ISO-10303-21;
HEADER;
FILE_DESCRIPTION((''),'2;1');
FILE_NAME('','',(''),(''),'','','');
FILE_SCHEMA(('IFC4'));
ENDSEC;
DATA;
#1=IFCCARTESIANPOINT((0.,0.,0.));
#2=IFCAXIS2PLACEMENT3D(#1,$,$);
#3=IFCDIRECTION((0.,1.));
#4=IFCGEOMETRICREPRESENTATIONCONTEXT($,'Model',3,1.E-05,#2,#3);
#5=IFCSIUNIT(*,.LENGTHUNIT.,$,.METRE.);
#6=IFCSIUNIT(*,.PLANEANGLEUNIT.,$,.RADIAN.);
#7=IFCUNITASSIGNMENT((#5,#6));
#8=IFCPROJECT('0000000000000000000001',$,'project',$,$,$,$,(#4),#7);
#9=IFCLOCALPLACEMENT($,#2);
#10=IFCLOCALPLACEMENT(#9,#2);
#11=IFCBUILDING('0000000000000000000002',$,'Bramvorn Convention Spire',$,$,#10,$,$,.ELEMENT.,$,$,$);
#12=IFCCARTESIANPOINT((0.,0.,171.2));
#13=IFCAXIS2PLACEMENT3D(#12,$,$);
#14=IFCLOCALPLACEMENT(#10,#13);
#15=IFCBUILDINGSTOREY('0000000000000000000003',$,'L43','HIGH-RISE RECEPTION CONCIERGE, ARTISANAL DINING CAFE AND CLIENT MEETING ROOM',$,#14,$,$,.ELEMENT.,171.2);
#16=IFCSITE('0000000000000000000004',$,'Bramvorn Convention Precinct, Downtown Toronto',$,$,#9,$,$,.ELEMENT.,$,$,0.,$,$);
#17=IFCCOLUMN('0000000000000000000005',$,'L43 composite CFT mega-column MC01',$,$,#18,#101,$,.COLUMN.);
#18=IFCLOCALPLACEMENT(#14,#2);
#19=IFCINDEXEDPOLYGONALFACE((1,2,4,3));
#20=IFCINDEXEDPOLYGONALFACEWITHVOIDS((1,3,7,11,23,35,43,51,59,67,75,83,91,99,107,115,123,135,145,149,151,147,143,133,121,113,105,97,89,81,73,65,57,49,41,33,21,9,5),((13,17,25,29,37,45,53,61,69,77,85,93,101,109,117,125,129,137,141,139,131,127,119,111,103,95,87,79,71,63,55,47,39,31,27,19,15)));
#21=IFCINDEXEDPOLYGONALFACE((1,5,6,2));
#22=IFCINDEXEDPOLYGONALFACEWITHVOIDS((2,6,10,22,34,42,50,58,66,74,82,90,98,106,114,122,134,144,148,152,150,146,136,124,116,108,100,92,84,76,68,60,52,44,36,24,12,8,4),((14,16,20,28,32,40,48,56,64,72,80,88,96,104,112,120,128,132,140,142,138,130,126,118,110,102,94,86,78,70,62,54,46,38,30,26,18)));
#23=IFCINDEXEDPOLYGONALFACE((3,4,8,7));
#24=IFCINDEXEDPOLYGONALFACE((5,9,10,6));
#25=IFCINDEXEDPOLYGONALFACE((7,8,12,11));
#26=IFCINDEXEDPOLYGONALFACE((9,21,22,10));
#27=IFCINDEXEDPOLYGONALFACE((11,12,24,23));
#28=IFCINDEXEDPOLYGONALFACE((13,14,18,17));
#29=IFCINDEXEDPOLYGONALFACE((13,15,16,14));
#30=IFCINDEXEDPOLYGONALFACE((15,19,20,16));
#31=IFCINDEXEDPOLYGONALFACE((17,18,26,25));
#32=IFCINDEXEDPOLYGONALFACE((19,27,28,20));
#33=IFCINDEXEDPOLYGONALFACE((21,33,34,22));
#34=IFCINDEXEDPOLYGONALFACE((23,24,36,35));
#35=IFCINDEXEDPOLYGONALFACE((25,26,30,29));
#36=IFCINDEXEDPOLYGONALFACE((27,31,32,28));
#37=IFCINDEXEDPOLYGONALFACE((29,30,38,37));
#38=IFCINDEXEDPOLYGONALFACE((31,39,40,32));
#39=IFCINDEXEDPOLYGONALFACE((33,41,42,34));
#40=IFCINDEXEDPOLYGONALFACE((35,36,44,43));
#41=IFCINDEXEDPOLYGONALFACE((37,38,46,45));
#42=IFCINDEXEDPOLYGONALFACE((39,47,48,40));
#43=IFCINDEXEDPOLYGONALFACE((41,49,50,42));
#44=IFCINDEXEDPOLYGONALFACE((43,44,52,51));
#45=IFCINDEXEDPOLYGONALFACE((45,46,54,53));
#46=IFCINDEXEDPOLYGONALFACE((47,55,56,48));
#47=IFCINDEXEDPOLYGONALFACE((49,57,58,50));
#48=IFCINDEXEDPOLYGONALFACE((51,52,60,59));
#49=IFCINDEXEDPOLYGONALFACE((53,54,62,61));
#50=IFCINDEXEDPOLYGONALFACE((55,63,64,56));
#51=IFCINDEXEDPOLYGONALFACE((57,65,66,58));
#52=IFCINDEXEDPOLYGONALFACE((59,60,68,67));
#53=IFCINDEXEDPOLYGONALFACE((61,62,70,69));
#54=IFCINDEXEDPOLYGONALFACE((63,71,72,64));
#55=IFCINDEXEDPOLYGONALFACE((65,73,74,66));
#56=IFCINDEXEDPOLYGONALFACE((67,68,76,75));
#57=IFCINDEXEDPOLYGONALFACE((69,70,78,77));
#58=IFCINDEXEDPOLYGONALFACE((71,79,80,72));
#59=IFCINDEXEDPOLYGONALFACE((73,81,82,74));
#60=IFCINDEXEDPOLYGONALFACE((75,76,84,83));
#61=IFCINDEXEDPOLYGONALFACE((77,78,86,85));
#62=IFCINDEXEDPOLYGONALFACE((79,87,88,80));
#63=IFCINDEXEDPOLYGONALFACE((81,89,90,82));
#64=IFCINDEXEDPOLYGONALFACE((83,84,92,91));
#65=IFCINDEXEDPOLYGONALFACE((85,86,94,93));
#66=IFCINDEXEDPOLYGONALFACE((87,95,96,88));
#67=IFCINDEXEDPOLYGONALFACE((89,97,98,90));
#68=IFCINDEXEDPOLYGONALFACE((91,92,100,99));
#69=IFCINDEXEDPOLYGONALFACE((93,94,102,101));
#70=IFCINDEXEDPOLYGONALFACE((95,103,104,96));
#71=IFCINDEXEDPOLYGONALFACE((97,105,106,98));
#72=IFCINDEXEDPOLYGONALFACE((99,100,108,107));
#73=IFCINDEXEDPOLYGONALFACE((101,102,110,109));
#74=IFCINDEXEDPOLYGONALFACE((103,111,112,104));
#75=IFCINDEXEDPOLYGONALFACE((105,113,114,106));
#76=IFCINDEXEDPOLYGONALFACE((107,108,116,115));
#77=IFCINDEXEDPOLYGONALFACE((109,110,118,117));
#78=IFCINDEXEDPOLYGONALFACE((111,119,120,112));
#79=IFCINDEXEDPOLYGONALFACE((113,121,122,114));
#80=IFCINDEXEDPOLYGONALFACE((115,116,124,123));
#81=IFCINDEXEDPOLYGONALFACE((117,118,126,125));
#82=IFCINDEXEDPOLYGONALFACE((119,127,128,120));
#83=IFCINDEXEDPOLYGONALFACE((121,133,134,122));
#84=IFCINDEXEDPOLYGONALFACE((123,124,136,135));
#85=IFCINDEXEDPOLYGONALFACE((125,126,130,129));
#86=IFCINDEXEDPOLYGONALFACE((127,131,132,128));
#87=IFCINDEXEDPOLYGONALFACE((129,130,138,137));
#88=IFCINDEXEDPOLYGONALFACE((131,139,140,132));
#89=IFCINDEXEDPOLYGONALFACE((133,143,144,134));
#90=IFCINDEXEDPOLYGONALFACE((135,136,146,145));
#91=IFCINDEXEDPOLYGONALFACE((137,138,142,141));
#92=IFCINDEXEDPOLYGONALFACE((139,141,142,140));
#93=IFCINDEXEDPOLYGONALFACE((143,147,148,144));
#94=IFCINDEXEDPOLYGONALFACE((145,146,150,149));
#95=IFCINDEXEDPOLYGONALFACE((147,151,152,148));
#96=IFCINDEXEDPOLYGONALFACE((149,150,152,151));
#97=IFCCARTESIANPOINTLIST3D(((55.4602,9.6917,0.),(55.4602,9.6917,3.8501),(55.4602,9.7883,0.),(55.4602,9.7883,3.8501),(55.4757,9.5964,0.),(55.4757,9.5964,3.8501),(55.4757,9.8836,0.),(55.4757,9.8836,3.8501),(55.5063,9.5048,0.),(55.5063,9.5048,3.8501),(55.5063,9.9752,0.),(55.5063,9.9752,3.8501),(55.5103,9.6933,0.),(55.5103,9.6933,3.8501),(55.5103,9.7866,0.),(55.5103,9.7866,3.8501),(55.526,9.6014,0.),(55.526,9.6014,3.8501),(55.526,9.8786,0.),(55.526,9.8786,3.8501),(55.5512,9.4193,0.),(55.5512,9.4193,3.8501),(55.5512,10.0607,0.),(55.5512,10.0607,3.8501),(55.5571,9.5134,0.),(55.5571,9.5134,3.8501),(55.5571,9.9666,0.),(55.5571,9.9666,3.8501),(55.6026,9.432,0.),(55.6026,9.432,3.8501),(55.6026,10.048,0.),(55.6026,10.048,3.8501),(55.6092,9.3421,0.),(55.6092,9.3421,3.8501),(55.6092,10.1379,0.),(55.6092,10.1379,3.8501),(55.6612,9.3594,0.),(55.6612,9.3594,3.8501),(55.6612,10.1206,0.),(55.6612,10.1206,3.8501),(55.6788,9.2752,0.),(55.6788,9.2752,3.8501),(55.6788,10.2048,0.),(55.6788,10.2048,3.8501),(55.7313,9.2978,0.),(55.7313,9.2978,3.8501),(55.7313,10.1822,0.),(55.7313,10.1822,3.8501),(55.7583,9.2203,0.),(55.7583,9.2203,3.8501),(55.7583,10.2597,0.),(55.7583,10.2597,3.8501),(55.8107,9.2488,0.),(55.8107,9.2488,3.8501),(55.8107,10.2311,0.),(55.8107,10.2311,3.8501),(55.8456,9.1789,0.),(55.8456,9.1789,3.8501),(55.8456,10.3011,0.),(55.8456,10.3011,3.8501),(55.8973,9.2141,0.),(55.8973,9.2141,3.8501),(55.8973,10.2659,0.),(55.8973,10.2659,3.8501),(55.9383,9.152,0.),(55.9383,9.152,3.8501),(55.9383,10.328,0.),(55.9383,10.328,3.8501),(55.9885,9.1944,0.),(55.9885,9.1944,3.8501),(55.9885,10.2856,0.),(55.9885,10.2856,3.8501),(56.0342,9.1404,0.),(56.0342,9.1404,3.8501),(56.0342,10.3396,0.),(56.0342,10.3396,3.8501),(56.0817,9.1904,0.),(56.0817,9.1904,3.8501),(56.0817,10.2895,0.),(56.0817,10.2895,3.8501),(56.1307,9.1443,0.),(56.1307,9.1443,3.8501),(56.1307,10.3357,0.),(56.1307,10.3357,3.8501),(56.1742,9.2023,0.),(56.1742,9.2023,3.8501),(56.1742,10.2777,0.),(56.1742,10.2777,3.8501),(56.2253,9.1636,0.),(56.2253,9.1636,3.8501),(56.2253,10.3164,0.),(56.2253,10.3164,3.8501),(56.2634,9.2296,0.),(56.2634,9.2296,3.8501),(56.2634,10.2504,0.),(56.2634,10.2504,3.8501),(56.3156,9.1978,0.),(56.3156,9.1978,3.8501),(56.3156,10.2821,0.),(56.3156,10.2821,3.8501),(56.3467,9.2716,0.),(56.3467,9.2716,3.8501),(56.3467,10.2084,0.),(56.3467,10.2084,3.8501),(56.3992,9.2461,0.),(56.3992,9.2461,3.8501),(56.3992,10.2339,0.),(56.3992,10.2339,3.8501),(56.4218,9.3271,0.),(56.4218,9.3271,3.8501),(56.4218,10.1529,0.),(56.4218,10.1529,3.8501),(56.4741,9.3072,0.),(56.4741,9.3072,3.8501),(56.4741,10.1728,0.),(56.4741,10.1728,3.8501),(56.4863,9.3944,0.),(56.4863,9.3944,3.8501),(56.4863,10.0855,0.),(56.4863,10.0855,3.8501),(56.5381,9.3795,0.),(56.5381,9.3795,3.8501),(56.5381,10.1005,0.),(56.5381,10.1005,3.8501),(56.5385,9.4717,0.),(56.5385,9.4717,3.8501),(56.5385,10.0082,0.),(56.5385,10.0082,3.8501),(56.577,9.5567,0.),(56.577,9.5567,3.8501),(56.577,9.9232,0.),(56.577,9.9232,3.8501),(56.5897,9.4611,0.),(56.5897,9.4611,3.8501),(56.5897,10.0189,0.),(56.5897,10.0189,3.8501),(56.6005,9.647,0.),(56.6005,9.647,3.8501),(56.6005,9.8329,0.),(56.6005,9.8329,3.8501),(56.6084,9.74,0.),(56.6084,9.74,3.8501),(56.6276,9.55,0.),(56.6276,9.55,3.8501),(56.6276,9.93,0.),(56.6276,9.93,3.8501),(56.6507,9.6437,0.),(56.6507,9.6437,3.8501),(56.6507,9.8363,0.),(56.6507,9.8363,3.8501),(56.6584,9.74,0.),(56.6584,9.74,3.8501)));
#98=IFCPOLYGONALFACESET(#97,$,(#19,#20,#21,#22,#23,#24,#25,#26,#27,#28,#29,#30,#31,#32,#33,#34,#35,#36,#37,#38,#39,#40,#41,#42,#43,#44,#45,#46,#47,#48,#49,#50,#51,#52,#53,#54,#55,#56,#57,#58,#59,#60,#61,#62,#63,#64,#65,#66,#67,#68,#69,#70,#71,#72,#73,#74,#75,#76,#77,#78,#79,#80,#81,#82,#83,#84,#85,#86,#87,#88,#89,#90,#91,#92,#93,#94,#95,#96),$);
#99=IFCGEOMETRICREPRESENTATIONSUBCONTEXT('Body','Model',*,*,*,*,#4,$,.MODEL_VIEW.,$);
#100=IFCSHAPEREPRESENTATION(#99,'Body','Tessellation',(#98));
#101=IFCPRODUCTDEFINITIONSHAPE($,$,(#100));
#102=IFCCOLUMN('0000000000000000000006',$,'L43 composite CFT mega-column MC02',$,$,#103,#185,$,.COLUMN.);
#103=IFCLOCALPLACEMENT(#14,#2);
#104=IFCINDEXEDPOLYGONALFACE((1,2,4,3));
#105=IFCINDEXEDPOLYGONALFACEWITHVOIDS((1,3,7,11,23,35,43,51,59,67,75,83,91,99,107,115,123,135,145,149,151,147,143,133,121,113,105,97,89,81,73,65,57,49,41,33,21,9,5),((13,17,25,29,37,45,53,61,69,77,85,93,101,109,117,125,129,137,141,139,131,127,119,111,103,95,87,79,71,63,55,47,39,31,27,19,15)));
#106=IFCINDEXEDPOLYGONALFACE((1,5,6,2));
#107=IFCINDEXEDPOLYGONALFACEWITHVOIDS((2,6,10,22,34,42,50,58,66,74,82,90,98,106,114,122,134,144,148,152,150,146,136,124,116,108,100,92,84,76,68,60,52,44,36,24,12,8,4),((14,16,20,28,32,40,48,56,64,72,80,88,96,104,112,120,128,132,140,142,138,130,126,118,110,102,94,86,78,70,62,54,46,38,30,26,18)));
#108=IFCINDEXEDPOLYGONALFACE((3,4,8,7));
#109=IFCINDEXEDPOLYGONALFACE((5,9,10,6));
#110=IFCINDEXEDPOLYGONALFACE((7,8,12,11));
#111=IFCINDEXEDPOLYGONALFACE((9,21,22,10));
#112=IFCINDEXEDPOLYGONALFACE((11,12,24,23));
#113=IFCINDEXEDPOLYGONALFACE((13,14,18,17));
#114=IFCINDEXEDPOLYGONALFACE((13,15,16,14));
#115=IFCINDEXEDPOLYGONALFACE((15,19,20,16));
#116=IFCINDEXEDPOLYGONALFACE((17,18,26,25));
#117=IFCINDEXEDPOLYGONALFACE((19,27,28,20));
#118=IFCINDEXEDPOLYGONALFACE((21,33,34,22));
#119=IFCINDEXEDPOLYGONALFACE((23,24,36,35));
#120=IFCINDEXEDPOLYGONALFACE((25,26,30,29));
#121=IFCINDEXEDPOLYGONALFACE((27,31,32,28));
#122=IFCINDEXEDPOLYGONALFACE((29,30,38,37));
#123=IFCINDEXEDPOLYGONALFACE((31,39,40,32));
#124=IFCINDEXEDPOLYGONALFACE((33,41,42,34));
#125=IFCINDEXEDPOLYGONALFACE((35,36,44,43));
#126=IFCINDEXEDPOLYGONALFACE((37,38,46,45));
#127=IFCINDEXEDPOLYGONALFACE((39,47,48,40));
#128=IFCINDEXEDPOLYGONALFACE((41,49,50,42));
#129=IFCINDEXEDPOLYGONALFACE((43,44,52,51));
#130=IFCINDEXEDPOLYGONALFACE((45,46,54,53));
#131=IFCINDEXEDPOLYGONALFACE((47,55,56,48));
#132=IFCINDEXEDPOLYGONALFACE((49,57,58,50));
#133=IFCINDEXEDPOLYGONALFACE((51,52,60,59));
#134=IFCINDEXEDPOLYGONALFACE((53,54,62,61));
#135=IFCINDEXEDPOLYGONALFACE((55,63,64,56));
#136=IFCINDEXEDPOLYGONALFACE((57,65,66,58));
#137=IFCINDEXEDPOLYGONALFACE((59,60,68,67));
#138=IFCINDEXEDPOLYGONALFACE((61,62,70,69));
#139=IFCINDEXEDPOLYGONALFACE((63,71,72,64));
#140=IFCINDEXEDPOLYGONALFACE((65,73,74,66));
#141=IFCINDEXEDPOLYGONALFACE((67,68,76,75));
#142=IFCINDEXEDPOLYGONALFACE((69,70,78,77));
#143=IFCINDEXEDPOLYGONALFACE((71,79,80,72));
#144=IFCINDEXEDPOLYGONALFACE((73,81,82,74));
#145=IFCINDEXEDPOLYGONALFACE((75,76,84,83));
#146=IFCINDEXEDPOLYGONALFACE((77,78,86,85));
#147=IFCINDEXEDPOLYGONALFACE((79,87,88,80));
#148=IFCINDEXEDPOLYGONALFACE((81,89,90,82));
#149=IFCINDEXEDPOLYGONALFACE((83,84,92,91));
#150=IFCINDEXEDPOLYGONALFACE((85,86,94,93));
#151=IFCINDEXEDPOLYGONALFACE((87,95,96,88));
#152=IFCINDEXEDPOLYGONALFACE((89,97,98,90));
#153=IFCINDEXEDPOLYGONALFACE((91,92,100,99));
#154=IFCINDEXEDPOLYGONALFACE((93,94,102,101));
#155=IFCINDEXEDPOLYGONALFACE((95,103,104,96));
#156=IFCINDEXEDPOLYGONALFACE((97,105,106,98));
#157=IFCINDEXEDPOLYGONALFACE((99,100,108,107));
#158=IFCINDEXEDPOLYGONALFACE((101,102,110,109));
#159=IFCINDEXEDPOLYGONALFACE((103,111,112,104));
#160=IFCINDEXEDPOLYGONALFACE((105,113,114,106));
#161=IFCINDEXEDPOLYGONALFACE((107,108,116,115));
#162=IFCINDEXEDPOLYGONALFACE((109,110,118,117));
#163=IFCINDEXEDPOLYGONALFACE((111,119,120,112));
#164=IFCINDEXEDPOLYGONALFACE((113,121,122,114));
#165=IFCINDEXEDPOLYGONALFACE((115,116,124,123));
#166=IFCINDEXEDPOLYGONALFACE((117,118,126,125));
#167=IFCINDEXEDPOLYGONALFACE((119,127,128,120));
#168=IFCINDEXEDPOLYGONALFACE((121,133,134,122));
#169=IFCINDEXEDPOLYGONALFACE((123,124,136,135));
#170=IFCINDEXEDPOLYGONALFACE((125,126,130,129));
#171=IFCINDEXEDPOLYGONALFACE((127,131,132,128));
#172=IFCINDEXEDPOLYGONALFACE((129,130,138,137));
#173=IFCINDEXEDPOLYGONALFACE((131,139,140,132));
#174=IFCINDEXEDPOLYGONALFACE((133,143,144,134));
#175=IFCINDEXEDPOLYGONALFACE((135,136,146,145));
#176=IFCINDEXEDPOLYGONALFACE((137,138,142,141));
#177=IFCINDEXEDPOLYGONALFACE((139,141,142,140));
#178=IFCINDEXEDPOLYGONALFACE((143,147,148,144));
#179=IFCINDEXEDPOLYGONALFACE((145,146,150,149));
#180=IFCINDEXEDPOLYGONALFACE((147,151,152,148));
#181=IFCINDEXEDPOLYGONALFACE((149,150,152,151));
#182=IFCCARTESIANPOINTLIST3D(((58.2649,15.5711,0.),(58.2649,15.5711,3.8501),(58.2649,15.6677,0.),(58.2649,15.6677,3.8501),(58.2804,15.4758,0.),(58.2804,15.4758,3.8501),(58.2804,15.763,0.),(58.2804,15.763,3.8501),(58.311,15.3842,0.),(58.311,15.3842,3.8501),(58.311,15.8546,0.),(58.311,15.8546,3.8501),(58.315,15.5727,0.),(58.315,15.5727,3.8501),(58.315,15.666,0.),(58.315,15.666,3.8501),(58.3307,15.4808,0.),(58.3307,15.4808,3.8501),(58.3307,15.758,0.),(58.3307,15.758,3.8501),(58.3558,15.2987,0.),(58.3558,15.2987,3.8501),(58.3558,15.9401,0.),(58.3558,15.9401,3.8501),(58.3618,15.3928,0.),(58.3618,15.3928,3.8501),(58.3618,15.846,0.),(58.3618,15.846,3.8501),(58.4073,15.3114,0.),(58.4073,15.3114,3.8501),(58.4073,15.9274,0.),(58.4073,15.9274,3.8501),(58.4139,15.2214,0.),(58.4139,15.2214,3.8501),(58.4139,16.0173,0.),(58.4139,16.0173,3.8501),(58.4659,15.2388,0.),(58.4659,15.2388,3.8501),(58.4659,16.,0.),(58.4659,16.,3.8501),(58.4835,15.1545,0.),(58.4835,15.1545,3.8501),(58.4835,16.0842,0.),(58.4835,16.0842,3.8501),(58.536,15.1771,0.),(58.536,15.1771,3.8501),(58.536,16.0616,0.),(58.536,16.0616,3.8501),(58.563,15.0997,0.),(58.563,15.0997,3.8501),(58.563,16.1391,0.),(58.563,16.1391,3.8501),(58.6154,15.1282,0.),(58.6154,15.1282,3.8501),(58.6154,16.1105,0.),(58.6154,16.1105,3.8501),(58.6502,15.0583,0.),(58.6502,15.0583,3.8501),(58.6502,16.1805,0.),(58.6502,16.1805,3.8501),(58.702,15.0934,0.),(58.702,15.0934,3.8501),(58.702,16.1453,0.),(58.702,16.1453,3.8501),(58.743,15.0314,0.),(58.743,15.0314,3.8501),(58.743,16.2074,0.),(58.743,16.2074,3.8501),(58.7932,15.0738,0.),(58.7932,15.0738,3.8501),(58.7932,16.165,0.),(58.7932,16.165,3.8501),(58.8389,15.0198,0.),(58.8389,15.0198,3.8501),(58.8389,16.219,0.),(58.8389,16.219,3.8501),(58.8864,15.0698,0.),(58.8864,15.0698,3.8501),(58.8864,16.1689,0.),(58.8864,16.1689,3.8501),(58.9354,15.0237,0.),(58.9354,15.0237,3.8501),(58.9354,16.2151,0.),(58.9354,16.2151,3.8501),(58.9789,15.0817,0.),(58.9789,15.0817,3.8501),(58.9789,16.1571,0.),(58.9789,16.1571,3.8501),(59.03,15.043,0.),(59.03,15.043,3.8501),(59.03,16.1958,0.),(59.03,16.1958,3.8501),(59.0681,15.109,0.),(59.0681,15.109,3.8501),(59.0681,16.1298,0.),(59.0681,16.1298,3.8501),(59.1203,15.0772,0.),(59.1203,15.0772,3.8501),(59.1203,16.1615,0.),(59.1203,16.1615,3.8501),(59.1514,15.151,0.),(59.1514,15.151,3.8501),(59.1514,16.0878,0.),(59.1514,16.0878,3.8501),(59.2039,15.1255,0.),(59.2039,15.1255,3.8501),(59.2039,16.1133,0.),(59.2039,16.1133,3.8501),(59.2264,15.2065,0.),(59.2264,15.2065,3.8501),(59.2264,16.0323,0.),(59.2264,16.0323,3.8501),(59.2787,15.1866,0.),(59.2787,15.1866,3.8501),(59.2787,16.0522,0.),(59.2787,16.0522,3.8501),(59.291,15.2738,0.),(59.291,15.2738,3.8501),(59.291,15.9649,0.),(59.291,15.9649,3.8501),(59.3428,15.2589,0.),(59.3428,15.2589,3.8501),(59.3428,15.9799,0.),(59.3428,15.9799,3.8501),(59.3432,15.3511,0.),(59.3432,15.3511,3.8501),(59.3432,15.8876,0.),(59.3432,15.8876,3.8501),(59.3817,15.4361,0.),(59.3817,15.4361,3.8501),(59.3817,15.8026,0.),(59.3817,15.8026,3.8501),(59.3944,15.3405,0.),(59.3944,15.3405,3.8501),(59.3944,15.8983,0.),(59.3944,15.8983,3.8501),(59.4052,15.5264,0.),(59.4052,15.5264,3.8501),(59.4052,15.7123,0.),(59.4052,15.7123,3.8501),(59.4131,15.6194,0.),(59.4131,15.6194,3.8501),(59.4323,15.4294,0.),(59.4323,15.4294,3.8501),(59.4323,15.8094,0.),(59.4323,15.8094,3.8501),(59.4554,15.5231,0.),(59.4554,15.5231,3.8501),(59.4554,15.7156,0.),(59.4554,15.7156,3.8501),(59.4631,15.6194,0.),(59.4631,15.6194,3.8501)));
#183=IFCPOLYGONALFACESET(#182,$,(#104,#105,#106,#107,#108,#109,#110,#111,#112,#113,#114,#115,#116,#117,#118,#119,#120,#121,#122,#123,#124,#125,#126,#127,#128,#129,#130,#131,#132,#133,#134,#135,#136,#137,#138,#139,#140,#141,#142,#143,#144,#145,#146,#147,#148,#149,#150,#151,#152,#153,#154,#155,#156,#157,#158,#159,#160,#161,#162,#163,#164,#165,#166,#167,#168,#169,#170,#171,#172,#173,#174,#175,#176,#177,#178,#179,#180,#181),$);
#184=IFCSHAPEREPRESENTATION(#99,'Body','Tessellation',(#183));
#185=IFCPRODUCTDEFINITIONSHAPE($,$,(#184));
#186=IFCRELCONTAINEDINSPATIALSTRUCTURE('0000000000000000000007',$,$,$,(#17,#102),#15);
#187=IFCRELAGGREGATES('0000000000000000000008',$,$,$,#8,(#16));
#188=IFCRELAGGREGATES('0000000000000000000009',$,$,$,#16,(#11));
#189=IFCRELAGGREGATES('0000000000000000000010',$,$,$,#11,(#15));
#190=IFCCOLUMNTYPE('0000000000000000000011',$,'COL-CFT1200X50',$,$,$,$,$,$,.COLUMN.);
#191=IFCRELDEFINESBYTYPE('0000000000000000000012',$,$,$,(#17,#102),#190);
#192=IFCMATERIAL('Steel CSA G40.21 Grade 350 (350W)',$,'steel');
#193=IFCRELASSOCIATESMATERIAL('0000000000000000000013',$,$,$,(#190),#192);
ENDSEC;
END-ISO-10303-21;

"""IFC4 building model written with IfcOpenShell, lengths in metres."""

from ifc_helpers import new_model, si_unit, direction, frame, origin, origin_2d, place, context, subcontext, project, spatial, hollow_circle, extrude, material, material_profile, profile_set, type_object, element, save


model = new_model("IFC4")

# Units and contexts
model_context = context("Model", 3, precision=1e-05, world=origin(), true_north=direction((0.0, 1.0)))
body_context = subcontext(model_context, "Body", "Model", "MODEL_VIEW")
ifc_project = project(units=[si_unit("LENGTHUNIT", "METRE"), si_unit("PLANEANGLEUNIT", "RADIAN")], contexts=[model_context])

# Site, building, storey
site_placement = place(None, origin())
site = spatial("IfcSite", under=ifc_project, at=site_placement, Name="Bramvorn Convention Precinct, Downtown Toronto", CompositionType="ELEMENT", RefElevation=0.0)
building_placement = place(site_placement, origin())
building = spatial("IfcBuilding", under=site, at=building_placement, Name="Bramvorn Convention Spire", CompositionType="ELEMENT")
storey_placement = place(building_placement, frame((0.0, 0.0, 171.2)))
storey = spatial("IfcBuildingStorey", under=building, at=storey_placement, Name="L43", Description="HIGH-RISE RECEPTION CONCIERGE, ARTISANAL DINING CAFE AND CLIENT MEETING ROOM", CompositionType="ELEMENT", Elevation=171.2)

# Columns
ifc_material_1 = material(Name="Steel CSA G40.21 Grade 350 (350W)", Category="steel")
ifc_material_profile_1 = material_profile(ifc_material_1, hollow_circle(Radius=0.6001, WallThickness=0.05, at=origin_2d()))
ifc_profile_set_1 = profile_set([ifc_material_profile_1], Name="Steel CSA G40.21 Grade 350 (350W) - CFT1200X50")
column_type = type_object("IfcColumnType", Name="COL-CFT1200X50", PredefinedType="COLUMN", material=ifc_profile_set_1)
for number, where, z_axis, x_axis, name in (
    (1, (56.0583, 9.74, 0.0), (0.0, 0.0, 1.0), (1.0, 0.0, 0.0), "L43 composite CFT mega-column MC01"),
    (2, (58.863, 15.6194, 0.0), (0.0, 0.0, 1.0), (1.0, 0.0, 0.0), "L43 composite CFT mega-column MC02"),
):
    element("IfcColumn", number, at=place(storey_placement, frame(where, z_axis=z_axis, x_axis=x_axis)), inside=storey, type_object=column_type, Name=name, PredefinedType="COLUMN", context=body_context, shape_type="SweptSolid", body=[
        extrude(hollow_circle(Radius=0.6001, WallThickness=0.05, at=origin_2d()), origin(), (0.0, 0.0, 1.0), 3.8501),
    ])

save(model, "model.ifc")
